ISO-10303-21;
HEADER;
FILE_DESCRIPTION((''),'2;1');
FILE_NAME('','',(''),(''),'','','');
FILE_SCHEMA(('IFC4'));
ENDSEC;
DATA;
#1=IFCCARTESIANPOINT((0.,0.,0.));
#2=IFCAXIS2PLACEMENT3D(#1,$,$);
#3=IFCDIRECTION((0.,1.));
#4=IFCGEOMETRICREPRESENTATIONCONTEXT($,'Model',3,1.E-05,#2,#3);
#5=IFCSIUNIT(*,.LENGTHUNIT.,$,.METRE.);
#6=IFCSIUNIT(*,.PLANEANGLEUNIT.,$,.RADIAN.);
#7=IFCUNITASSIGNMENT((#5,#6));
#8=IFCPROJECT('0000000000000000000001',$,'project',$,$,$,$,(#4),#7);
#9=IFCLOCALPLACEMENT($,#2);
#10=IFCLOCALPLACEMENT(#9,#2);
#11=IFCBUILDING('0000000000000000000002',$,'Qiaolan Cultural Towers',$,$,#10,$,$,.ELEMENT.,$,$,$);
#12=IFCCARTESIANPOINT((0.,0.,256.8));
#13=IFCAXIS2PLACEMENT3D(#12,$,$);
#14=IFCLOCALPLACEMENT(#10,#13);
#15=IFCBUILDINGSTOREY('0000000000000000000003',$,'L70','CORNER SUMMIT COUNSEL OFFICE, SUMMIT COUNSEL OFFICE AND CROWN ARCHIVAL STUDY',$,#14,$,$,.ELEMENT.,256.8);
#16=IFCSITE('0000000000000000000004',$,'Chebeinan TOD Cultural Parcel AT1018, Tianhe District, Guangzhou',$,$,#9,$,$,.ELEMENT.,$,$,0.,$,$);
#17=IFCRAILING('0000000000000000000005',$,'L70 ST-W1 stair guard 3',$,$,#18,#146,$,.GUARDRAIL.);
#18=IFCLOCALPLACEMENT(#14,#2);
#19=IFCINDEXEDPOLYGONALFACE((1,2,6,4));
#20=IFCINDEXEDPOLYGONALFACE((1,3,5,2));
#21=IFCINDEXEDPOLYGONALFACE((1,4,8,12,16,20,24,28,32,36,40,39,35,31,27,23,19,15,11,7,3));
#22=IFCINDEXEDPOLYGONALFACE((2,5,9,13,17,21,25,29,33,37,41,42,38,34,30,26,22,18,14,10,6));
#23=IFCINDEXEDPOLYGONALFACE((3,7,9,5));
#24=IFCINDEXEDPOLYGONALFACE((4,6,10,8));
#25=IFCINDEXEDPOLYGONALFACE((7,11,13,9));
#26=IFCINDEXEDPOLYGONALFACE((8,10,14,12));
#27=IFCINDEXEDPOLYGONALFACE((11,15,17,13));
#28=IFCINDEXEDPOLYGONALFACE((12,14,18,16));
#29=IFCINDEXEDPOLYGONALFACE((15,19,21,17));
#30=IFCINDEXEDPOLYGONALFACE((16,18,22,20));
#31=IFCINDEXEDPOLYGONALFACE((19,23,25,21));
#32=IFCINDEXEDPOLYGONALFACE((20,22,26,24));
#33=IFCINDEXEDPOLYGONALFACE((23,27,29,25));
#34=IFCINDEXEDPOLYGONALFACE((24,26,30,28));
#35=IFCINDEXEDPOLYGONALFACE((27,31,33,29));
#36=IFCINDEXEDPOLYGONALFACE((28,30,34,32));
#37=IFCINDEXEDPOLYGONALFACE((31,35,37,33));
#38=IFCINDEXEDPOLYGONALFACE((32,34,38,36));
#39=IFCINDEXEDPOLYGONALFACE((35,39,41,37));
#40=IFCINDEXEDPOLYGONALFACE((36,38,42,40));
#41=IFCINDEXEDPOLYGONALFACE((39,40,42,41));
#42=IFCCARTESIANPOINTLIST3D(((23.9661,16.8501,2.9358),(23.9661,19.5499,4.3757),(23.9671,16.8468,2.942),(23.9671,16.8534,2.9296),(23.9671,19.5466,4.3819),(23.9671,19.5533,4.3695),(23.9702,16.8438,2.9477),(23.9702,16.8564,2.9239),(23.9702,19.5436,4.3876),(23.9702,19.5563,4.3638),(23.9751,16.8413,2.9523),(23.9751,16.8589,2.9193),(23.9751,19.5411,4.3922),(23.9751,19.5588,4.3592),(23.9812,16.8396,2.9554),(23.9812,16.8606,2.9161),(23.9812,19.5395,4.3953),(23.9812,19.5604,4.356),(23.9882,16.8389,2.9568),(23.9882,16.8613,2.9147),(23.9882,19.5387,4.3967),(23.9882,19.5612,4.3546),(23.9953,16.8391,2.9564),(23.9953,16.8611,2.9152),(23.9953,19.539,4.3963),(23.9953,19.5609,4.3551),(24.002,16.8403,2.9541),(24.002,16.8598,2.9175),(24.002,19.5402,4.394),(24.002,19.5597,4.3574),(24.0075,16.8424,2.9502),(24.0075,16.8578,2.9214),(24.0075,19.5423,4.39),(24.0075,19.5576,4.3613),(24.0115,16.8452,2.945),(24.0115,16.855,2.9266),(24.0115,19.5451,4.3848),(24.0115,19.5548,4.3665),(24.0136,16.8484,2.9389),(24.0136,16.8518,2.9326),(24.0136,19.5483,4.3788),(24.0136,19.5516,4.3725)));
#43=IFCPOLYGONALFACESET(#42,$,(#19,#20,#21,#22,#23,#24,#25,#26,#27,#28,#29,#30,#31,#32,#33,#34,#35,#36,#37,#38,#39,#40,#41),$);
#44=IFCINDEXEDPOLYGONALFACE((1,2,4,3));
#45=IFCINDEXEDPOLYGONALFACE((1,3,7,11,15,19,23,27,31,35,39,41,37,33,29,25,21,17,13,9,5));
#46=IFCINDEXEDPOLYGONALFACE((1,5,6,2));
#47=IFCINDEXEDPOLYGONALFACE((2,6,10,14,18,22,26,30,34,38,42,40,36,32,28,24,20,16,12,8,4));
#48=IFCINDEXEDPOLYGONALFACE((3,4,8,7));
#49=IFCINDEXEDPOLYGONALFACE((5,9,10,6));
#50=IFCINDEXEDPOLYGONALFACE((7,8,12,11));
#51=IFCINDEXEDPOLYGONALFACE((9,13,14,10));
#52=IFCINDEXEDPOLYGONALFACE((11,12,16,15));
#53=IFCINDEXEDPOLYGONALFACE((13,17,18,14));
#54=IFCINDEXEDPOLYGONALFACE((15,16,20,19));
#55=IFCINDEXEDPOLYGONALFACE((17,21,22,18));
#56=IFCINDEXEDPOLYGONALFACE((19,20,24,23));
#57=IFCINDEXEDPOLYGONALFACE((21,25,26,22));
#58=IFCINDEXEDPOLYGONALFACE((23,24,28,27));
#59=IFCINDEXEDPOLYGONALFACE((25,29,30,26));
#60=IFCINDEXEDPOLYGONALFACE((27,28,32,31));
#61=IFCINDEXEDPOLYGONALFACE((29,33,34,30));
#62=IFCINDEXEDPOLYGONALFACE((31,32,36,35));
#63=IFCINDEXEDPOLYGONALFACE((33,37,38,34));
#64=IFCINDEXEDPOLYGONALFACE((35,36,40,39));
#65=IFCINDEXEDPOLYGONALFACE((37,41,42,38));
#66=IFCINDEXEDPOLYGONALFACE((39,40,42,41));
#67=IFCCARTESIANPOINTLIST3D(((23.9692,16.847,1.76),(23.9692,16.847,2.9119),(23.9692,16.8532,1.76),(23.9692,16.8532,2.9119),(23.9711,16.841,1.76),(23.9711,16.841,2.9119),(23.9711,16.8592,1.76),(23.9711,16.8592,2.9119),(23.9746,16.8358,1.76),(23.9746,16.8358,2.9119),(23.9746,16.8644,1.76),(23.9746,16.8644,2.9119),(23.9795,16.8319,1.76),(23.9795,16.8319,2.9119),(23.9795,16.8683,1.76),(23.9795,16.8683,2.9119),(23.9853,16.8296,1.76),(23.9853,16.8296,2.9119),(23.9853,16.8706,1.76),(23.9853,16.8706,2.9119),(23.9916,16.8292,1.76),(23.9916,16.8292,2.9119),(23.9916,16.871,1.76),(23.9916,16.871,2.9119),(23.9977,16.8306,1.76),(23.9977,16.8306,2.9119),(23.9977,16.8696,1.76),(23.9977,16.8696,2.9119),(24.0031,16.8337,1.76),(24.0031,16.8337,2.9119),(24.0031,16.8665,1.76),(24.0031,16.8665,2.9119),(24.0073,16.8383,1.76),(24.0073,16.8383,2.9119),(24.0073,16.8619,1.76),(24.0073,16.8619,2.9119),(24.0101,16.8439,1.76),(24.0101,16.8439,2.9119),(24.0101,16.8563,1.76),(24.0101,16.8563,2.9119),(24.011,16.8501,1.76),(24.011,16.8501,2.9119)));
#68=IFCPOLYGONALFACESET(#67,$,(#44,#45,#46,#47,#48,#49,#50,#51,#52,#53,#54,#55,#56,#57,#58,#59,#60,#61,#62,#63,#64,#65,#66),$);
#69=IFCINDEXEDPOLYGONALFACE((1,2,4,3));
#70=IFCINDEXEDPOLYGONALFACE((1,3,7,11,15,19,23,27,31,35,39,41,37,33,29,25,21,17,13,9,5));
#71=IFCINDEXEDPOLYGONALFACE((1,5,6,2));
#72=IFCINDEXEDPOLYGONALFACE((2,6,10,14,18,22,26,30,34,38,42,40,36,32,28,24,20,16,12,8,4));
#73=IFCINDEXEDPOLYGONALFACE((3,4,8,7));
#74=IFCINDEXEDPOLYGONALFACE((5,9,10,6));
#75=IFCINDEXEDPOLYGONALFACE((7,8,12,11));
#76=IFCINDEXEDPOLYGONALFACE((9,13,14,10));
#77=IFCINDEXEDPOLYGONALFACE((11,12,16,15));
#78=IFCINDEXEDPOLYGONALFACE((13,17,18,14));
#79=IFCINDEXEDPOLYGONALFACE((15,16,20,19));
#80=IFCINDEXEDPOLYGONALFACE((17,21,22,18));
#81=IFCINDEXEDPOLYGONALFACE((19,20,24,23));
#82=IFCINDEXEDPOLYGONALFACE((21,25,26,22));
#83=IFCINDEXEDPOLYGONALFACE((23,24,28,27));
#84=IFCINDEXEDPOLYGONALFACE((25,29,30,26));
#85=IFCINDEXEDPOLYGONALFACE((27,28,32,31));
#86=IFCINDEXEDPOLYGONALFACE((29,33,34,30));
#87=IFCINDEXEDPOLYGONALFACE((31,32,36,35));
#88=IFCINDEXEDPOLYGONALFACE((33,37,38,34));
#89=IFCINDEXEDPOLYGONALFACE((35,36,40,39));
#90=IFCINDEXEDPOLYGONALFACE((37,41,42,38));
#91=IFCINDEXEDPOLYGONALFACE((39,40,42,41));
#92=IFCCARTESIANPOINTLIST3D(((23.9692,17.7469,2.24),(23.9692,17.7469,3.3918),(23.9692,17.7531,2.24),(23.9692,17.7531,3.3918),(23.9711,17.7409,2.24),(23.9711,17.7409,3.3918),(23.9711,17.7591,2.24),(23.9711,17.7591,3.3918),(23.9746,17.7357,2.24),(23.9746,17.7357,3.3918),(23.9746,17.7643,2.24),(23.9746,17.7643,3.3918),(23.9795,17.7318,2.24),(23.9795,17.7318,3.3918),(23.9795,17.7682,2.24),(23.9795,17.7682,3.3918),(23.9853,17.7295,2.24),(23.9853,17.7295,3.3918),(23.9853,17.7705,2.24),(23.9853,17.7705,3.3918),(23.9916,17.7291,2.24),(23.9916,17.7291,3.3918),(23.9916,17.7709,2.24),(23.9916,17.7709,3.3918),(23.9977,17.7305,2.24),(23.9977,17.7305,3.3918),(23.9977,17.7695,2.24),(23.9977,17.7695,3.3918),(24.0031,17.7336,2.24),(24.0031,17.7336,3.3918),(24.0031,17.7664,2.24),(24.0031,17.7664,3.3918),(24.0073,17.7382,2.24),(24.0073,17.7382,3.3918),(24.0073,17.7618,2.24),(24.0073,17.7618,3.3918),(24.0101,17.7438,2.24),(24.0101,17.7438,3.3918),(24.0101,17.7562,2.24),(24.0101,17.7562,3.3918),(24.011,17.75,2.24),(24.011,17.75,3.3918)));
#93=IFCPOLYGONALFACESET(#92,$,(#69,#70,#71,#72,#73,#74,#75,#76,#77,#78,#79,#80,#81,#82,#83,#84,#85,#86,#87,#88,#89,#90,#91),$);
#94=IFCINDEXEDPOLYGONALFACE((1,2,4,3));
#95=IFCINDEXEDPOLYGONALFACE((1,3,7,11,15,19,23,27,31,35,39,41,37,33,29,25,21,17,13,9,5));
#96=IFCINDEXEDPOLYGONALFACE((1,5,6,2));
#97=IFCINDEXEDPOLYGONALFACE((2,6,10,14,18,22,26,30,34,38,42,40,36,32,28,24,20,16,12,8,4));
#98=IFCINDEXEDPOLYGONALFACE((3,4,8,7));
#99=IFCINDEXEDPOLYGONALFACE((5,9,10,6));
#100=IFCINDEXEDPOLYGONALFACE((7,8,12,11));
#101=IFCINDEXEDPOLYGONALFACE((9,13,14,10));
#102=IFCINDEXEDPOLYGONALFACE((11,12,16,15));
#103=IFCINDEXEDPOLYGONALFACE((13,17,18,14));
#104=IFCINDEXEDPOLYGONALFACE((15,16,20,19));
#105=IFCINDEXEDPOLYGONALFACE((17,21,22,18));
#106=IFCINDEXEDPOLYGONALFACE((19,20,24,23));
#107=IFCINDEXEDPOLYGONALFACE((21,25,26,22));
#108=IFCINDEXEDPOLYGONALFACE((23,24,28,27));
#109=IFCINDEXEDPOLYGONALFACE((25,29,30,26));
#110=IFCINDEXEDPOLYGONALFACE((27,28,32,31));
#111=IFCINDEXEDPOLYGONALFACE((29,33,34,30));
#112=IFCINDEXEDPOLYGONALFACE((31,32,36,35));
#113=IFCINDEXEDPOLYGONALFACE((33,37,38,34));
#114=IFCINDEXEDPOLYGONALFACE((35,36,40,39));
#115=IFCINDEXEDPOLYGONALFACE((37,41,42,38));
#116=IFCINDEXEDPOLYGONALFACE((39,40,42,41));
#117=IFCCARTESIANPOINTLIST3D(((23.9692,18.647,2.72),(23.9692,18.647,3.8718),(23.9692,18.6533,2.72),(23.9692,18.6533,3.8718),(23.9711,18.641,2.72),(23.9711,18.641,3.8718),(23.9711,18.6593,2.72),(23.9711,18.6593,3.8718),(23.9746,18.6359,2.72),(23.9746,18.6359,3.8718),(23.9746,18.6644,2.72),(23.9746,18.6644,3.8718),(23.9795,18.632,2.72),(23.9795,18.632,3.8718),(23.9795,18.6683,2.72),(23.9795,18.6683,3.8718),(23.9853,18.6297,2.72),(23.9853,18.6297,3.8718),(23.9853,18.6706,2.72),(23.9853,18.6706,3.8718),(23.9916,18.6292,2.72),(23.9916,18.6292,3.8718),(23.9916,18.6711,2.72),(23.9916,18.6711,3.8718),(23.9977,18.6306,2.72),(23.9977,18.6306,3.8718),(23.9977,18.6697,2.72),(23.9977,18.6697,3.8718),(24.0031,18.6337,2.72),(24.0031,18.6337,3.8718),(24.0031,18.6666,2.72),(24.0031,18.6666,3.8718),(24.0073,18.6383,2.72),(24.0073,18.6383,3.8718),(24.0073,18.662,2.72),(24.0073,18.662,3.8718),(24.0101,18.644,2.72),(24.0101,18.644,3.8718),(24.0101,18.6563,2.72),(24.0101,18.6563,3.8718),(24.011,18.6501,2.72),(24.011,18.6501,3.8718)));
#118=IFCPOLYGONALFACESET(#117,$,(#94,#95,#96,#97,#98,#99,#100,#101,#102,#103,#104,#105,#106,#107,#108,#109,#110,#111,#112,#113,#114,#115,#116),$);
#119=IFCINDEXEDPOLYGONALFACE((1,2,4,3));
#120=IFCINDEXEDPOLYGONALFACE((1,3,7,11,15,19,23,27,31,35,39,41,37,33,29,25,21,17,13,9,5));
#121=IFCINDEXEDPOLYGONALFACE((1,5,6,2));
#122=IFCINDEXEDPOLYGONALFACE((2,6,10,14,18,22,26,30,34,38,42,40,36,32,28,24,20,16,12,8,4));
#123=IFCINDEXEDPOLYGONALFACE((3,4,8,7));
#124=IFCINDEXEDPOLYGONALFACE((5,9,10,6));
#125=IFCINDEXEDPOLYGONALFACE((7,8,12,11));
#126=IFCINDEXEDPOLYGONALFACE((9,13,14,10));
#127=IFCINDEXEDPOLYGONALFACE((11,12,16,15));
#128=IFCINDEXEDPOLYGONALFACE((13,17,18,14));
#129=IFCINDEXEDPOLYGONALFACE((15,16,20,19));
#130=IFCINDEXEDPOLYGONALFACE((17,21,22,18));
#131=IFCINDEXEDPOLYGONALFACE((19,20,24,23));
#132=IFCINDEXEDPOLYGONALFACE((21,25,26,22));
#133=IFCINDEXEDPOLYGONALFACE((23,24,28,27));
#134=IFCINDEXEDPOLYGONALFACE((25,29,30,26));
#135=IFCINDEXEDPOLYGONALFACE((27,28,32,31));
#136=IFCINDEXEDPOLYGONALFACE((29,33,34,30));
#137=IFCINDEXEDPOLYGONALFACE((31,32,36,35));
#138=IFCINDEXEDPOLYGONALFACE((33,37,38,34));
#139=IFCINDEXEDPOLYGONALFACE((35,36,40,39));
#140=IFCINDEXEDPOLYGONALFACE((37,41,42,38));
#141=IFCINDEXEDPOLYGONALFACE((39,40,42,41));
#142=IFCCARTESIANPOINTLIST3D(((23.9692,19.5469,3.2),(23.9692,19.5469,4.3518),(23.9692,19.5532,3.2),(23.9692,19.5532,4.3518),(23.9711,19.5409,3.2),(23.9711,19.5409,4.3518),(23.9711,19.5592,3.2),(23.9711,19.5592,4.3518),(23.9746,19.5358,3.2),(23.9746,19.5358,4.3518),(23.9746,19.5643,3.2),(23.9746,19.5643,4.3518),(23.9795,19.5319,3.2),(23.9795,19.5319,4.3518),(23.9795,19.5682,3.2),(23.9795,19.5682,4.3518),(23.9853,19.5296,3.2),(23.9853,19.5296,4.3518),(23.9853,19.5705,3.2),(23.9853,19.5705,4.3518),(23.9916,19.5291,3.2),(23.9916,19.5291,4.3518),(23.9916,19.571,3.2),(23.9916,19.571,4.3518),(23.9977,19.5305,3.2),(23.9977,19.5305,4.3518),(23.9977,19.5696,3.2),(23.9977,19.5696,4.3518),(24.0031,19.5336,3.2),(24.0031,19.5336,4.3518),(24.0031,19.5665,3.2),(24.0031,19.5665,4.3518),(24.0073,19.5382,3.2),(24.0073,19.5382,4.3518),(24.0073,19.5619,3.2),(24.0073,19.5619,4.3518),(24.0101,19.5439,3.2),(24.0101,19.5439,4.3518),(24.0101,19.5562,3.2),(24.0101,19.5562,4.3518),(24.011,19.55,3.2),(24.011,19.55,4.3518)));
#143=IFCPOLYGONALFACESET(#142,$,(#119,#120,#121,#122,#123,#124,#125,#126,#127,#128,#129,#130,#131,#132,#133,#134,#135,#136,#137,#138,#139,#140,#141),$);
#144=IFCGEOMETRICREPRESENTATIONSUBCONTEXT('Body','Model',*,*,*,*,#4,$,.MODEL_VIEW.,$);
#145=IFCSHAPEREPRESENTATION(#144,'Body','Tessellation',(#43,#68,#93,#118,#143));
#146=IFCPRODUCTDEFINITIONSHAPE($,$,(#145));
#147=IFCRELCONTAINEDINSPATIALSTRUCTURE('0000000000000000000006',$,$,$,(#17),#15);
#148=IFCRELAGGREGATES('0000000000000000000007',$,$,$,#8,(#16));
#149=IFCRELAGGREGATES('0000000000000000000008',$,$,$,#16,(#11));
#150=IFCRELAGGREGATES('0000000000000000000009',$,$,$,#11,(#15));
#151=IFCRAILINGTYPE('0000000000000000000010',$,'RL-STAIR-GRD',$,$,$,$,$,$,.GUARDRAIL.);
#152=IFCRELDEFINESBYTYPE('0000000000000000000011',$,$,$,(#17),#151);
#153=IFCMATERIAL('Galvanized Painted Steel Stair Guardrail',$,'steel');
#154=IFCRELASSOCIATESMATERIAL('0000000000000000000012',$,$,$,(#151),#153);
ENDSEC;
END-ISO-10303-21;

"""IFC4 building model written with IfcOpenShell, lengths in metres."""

from ifc_helpers import new_model, si_unit, direction, frame, origin, origin_2d, place, context, subcontext, project, spatial, circle, extrude, material, type_object, element, save


model = new_model("IFC4")

# Units and contexts
model_context = context("Model", 3, precision=1e-05, world=origin(), true_north=direction((0.0, 1.0)))
body_context = subcontext(model_context, "Body", "Model", "MODEL_VIEW")
ifc_project = project(units=[si_unit("LENGTHUNIT", "METRE"), si_unit("PLANEANGLEUNIT", "RADIAN")], contexts=[model_context])

# Site, building, storey
site_placement = place(None, origin())
site = spatial("IfcSite", under=ifc_project, at=site_placement, Name="Chebeinan TOD Cultural Parcel AT1018, Tianhe District, Guangzhou", CompositionType="ELEMENT", RefElevation=0.0)
building_placement = place(site_placement, origin())
building = spatial("IfcBuilding", under=site, at=building_placement, Name="Qiaolan Cultural Towers", CompositionType="ELEMENT")
storey_placement = place(building_placement, frame((0.0, 0.0, 256.8)))
storey = spatial("IfcBuildingStorey", under=building, at=storey_placement, Name="L70", Description="CORNER SUMMIT COUNSEL OFFICE, SUMMIT COUNSEL OFFICE AND CROWN ARCHIVAL STUDY", CompositionType="ELEMENT", Elevation=256.8)

# Railing
ifc_material_1 = material(Name="Galvanized Painted Steel Stair Guardrail", Category="steel")
railing_type_1 = type_object("IfcRailingType", Name="RL-STAIR-GRD", PredefinedType="GUARDRAIL", material=ifc_material_1)
railing_1_placement = place(storey_placement, frame((23.99, 16.8501, 1.76)))
element("IfcRailing", 1, at=railing_1_placement, inside=storey, type_object=railing_type_1, Name="L70 ST-W1 stair guard 3", PredefinedType="GUARDRAIL", context=body_context, shape_type="SweptSolid", body=[
    extrude(circle(Radius=0.0239, at=origin_2d()), frame((0.0, 0.0, 1.1758), z_axis=(0.0, 0.882357, 0.47058), x_axis=(-1.0, 0.0, 0.0)), (0.0, 0.0, 1.0), 3.0598),
    extrude(circle(Radius=0.021, at=origin_2d()), origin(), (0.0, 0.0, 1.0), 1.1519),
    extrude(circle(Radius=0.021, at=origin_2d()), frame((0.0, 0.8999, 0.48)), (0.0, 0.0, 1.0), 1.1519),
    extrude(circle(Radius=0.021, at=origin_2d()), frame((0.0, 1.8, 0.96)), (0.0, 0.0, 1.0), 1.1519),
    extrude(circle(Radius=0.021, at=origin_2d()), frame((0.0, 2.7, 1.4399)), (0.0, 0.0, 1.0), 1.1519),
])

save(model, "model.ifc")
